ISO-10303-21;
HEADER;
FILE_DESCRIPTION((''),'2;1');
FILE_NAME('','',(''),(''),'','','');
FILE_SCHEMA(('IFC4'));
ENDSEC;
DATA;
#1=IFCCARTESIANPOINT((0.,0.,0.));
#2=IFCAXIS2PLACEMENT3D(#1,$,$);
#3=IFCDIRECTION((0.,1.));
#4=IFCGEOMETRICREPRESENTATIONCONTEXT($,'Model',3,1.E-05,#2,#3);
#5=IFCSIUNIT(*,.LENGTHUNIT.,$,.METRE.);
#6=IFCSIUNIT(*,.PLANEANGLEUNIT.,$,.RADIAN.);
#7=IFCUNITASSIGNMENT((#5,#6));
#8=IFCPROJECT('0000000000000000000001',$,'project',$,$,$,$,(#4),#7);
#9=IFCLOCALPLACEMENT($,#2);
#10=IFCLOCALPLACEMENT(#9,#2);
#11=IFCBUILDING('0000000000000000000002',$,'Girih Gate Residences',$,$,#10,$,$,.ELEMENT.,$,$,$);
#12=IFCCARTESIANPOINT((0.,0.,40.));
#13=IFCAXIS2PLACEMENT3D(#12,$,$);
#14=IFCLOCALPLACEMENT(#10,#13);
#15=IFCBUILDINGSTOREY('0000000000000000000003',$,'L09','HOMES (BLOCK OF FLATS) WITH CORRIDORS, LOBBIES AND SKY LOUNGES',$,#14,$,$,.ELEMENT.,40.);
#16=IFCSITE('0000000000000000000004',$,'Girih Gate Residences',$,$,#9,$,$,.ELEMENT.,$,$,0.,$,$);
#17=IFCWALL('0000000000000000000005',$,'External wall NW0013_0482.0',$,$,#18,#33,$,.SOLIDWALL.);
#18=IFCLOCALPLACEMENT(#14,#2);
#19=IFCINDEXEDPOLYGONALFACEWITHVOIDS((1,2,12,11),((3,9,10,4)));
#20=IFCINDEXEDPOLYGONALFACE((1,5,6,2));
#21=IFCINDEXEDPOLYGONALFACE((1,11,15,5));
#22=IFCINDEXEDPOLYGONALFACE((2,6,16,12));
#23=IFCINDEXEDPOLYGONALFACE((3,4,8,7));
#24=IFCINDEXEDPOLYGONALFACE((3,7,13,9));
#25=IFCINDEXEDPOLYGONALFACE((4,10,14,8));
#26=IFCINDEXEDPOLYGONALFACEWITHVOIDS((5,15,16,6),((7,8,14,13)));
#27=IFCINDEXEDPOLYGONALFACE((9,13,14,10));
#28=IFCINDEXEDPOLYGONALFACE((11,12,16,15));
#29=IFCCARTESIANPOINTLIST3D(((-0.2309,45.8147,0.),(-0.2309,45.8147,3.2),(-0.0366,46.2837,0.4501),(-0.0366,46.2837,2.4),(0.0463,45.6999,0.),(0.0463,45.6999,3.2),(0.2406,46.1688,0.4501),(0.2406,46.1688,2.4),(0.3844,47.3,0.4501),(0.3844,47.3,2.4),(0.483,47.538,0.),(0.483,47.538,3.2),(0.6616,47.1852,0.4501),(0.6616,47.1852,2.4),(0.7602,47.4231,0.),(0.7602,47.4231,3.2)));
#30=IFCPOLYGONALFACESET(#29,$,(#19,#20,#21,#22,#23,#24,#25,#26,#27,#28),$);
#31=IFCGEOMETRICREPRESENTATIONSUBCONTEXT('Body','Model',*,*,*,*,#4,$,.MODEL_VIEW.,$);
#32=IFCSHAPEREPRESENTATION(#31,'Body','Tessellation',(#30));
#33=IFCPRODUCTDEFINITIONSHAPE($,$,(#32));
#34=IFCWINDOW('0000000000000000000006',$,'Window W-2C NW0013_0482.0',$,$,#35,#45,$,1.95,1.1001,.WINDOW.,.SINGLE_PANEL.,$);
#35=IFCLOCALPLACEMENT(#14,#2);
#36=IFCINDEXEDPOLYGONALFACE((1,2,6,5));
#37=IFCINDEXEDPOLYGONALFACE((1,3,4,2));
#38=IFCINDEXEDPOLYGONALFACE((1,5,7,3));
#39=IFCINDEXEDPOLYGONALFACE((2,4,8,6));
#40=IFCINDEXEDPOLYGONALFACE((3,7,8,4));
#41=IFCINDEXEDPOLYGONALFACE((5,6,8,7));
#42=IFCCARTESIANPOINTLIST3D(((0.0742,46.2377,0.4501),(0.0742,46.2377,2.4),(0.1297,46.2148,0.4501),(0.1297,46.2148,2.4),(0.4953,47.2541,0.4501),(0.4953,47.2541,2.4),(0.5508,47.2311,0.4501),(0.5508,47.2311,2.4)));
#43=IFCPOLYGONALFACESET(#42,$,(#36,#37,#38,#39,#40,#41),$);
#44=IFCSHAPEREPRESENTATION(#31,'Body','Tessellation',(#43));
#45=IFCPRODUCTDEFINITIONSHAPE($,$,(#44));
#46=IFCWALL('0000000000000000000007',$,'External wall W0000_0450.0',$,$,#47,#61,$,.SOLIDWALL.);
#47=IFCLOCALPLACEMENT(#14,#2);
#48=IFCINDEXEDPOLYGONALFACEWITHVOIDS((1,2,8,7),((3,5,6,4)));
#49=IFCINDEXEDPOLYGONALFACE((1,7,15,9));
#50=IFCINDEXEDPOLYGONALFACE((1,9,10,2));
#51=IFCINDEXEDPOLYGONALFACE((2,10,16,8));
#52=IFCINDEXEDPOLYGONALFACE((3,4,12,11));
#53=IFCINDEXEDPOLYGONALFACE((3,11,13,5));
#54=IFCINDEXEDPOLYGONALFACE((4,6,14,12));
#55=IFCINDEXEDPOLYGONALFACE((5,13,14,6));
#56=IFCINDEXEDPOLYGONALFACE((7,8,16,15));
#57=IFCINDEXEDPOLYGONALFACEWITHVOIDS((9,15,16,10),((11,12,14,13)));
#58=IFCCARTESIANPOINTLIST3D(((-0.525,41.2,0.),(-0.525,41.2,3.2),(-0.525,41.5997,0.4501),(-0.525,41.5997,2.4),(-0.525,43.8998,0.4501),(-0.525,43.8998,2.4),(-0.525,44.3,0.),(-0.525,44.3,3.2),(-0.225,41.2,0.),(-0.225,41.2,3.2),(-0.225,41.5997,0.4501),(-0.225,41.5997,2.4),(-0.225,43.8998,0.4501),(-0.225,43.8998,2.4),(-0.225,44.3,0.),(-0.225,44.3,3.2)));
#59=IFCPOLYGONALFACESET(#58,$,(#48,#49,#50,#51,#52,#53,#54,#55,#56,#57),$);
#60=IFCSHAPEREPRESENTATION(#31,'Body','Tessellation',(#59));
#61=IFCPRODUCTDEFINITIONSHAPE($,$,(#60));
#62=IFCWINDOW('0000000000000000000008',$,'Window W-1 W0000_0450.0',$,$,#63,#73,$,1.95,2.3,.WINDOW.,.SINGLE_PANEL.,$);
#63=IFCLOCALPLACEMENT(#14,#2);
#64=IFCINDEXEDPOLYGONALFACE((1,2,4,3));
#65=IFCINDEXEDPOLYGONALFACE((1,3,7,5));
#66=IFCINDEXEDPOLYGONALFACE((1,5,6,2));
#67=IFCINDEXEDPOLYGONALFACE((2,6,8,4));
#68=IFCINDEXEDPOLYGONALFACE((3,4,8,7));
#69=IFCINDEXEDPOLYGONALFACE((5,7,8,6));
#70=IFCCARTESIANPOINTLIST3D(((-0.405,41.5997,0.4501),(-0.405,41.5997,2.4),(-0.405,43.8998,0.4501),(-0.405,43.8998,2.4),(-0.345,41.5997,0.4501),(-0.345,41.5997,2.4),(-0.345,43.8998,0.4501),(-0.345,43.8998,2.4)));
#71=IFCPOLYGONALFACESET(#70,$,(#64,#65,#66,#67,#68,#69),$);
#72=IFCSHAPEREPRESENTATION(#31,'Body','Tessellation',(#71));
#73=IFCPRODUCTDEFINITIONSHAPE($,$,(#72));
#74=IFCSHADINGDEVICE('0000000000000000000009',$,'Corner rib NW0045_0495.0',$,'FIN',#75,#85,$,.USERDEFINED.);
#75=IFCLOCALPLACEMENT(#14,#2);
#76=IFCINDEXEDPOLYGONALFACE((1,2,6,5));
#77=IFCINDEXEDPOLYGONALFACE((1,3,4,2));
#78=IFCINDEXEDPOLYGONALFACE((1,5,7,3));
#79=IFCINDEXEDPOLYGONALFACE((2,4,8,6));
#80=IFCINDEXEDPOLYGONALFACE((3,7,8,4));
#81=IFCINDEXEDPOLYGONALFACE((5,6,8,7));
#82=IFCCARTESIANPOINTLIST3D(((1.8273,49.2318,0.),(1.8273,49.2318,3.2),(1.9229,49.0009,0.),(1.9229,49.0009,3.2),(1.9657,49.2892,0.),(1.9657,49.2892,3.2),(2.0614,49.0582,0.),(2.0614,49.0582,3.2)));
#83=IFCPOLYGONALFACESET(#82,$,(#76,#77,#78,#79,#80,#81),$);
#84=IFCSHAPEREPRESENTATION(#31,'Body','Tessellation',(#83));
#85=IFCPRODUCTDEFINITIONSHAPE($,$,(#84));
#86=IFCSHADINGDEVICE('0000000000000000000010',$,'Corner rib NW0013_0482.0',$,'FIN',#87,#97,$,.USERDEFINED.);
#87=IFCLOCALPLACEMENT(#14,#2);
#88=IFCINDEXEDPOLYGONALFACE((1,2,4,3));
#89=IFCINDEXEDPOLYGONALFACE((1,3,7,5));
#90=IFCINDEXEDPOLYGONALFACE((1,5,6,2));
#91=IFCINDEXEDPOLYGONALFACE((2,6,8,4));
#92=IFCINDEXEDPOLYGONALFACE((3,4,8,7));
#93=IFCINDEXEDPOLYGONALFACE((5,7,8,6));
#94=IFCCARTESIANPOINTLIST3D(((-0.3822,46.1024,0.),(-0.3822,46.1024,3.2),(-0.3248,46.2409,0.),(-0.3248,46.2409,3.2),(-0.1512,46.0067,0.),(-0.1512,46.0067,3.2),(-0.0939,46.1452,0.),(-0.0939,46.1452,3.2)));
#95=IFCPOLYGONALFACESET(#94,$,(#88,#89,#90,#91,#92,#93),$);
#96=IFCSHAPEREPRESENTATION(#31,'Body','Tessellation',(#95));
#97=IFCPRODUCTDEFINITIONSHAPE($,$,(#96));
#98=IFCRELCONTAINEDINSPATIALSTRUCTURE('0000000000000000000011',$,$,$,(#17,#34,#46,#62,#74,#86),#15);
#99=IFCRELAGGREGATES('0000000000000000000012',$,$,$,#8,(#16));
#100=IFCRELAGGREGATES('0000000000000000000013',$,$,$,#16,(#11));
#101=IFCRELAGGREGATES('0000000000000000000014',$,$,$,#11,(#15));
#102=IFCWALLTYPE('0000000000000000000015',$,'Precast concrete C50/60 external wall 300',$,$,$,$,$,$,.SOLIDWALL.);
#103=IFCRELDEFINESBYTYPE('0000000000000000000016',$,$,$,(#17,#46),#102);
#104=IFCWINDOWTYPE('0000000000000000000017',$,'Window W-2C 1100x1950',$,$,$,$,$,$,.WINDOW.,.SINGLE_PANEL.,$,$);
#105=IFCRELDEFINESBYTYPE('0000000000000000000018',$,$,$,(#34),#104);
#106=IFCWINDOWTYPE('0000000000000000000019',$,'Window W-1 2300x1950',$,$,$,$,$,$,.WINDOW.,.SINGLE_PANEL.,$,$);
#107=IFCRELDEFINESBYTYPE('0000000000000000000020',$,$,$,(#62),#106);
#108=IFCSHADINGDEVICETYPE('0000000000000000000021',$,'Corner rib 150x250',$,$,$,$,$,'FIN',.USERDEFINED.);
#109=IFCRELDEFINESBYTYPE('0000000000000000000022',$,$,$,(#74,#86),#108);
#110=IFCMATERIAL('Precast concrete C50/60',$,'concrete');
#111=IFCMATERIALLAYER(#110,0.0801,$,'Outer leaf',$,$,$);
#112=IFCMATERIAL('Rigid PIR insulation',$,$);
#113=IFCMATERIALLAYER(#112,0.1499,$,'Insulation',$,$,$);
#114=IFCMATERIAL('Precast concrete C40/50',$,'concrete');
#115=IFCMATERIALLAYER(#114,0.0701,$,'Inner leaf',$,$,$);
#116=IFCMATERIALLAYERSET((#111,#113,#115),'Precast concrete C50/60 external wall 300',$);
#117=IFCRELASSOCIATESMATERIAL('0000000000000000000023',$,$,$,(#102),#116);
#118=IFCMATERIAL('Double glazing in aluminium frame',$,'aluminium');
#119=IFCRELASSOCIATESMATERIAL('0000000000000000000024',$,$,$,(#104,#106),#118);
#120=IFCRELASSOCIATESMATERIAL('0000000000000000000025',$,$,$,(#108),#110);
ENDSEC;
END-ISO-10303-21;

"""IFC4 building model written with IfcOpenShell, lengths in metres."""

from ifc_helpers import new_model, si_unit, direction, frame, frame_2d, origin, origin_2d, place, context, subcontext, project, spatial, rectangle, extrude, material, layer, layer_set, type_object, element, fill, save


model = new_model("IFC4")

# Units and contexts
model_context = context("Model", 3, precision=1e-05, world=origin(), true_north=direction((0.0, 1.0)))
body_context = subcontext(model_context, "Body", "Model", "MODEL_VIEW")
ifc_project = project(units=[si_unit("LENGTHUNIT", "METRE"), si_unit("PLANEANGLEUNIT", "RADIAN")], contexts=[model_context])

# Site, building, storey
site_placement = place(None, origin())
site = spatial("IfcSite", under=ifc_project, at=site_placement, Name="Girih Gate Residences", CompositionType="ELEMENT", RefElevation=0.0)
building_placement = place(site_placement, origin())
building = spatial("IfcBuilding", under=site, at=building_placement, Name="Girih Gate Residences", CompositionType="ELEMENT")
storey_placement = place(building_placement, frame((0.0, 0.0, 40.0)))
storey = spatial("IfcBuildingStorey", under=building, at=storey_placement, Name="L09", Description="HOMES (BLOCK OF FLATS) WITH CORRIDORS, LOBBIES AND SKY LOUNGES", CompositionType="ELEMENT", Elevation=40.0)

# Walls, openings, windows
ifc_material_1 = material(Name="Precast concrete C50/60", Category="concrete")
ifc_layer_1 = layer(ifc_material_1, 0.0801, Name="Outer leaf")
ifc_material_2 = material(Name="Rigid PIR insulation")
ifc_layer_2 = layer(ifc_material_2, 0.1499, Name="Insulation")
ifc_material_3 = material(Name="Precast concrete C40/50", Category="concrete")
ifc_layer_3 = layer(ifc_material_3, 0.0701, Name="Inner leaf")
ifc_layer_set_1 = layer_set([ifc_layer_1, ifc_layer_2, ifc_layer_3], Name="Precast concrete C50/60 external wall 300")
wall_type_1 = type_object("IfcWallType", Name="Precast concrete C50/60 external wall 300", PredefinedType="SOLIDWALL", material=ifc_layer_set_1)
ifc_material_4 = material(Name="Double glazing in aluminium frame", Category="aluminium")
window_type_1 = type_object("IfcWindowType", Name="Window W-2C 1100x1950", PartitioningType="SINGLE_PANEL", PredefinedType="WINDOW", material=ifc_material_4)
wall_1_placement = place(storey_placement, frame((-0.0923, 45.7573, 0.0), z_axis=(0.0, 0.0, 1.0), x_axis=(0.382737, 0.923857, 0.0)))
wall_1 = element("IfcWall", 1, at=wall_1_placement, inside=storey, type_object=wall_type_1, Name="External wall NW0013_0482.0", PredefinedType="SOLIDWALL", context=body_context, shape_type="SweptSolid", body=[
    extrude(rectangle(XDim=1.8652, YDim=0.3, at=frame_2d((0.9326, 0.0))), origin(), (0.0, 0.0, 1.0), 3.2),
])
opening_1_placement = place(wall_1_placement, frame((0.5076, 0.0, 0.45)))
opening_1 = element("IfcOpeningElement", 2, at=opening_1_placement, cuts=wall_1, PredefinedType="OPENING", context=body_context, shape_type="SweptSolid", body=[
    extrude(rectangle(XDim=1.1001, YDim=1.95, at=frame_2d((0.55, 0.9751))), frame((0.0, 0.1599, 0.0), z_axis=(0.0, -1.0, 0.0), x_axis=(1.0, 0.0, 0.0)), (0.0, 0.0, 1.0), 0.3201),
])
window_1_placement = place(opening_1_placement, origin())
window_1 = element("IfcWindow", 3, at=window_1_placement, inside=storey, type_object=window_type_1, Name="Window W-2C NW0013_0482.0", OverallHeight=1.95, OverallWidth=1.1001, PartitioningType="SINGLE_PANEL", PredefinedType="WINDOW", context=body_context, shape_type="SweptSolid", body=[
    extrude(rectangle(XDim=1.1001, YDim=1.95, at=frame_2d((0.55, 0.9751))), frame((0.0, 0.03, 0.0), z_axis=(0.0, -1.0, 0.0), x_axis=(1.0, 0.0, 0.0)), (0.0, 0.0, 1.0), 0.0601),
])
fill(opening_1, window_1)
wall_2_placement = place(storey_placement, frame((-0.375, 41.2, 0.0), z_axis=(0.0, 0.0, 1.0), x_axis=(0.0, 1.0, 0.0)))
wall_2 = element("IfcWall", 4, at=wall_2_placement, inside=storey, type_object=wall_type_1, Name="External wall W0000_0450.0", PredefinedType="SOLIDWALL", context=body_context, shape_type="SweptSolid", body=[
    extrude(rectangle(XDim=3.1001, YDim=0.3, at=frame_2d((1.55, 0.0))), origin(), (0.0, 0.0, 1.0), 3.2),
])
opening_2_placement = place(wall_2_placement, frame((0.3999, 0.0, 0.45)))
opening_2 = element("IfcOpeningElement", 5, at=opening_2_placement, cuts=wall_2, PredefinedType="OPENING", context=body_context, shape_type="SweptSolid", body=[
    extrude(rectangle(XDim=2.3, YDim=1.95, at=frame_2d((1.1499, 0.9751))), frame((0.0, 0.1599, 0.0), z_axis=(0.0, -1.0, 0.0), x_axis=(1.0, 0.0, 0.0)), (0.0, 0.0, 1.0), 0.3201),
])
window_type_2 = type_object("IfcWindowType", Name="Window W-1 2300x1950", PartitioningType="SINGLE_PANEL", PredefinedType="WINDOW", material=ifc_material_4)
window_2_placement = place(opening_2_placement, origin())
window_2 = element("IfcWindow", 6, at=window_2_placement, inside=storey, type_object=window_type_2, Name="Window W-1 W0000_0450.0", OverallHeight=1.95, OverallWidth=2.3, PartitioningType="SINGLE_PANEL", PredefinedType="WINDOW", context=body_context, shape_type="SweptSolid", body=[
    extrude(rectangle(XDim=2.3, YDim=1.95, at=frame_2d((1.1499, 0.9751))), frame((0.0, 0.03, 0.0), z_axis=(0.0, -1.0, 0.0), x_axis=(1.0, 0.0, 0.0)), (0.0, 0.0, 1.0), 0.0601),
])
fill(opening_2, window_2)

# Shading devices
shading_device_type = type_object("IfcShadingDeviceType", Name="Corner rib 150x250", ElementType="FIN", PredefinedType="USERDEFINED", material=ifc_material_1)
for number, where, z_axis, x_axis, name in (
    (7, (1.9443, 49.145, 0.0), (0.0, 0.0, 1.0), (-0.92388, -0.382683, 0.0), "Corner rib NW0045_0495.0"),
    (8, (-0.238, 46.1238, 0.0), (0.0, 0.0, 1.0), (-0.382683, -0.92388, 0.0), "Corner rib NW0013_0482.0"),
):
    element("IfcShadingDevice", number, at=place(storey_placement, frame(where, z_axis=z_axis, x_axis=x_axis)), inside=storey, type_object=shading_device_type, Name=name, ObjectType="FIN", PredefinedType="USERDEFINED", context=body_context, shape_type="SweptSolid", body=[
        extrude(rectangle(XDim=0.1499, YDim=0.25, at=origin_2d()), origin(), (0.0, 0.0, 1.0), 3.2),
    ])

save(model, "model.ifc")
